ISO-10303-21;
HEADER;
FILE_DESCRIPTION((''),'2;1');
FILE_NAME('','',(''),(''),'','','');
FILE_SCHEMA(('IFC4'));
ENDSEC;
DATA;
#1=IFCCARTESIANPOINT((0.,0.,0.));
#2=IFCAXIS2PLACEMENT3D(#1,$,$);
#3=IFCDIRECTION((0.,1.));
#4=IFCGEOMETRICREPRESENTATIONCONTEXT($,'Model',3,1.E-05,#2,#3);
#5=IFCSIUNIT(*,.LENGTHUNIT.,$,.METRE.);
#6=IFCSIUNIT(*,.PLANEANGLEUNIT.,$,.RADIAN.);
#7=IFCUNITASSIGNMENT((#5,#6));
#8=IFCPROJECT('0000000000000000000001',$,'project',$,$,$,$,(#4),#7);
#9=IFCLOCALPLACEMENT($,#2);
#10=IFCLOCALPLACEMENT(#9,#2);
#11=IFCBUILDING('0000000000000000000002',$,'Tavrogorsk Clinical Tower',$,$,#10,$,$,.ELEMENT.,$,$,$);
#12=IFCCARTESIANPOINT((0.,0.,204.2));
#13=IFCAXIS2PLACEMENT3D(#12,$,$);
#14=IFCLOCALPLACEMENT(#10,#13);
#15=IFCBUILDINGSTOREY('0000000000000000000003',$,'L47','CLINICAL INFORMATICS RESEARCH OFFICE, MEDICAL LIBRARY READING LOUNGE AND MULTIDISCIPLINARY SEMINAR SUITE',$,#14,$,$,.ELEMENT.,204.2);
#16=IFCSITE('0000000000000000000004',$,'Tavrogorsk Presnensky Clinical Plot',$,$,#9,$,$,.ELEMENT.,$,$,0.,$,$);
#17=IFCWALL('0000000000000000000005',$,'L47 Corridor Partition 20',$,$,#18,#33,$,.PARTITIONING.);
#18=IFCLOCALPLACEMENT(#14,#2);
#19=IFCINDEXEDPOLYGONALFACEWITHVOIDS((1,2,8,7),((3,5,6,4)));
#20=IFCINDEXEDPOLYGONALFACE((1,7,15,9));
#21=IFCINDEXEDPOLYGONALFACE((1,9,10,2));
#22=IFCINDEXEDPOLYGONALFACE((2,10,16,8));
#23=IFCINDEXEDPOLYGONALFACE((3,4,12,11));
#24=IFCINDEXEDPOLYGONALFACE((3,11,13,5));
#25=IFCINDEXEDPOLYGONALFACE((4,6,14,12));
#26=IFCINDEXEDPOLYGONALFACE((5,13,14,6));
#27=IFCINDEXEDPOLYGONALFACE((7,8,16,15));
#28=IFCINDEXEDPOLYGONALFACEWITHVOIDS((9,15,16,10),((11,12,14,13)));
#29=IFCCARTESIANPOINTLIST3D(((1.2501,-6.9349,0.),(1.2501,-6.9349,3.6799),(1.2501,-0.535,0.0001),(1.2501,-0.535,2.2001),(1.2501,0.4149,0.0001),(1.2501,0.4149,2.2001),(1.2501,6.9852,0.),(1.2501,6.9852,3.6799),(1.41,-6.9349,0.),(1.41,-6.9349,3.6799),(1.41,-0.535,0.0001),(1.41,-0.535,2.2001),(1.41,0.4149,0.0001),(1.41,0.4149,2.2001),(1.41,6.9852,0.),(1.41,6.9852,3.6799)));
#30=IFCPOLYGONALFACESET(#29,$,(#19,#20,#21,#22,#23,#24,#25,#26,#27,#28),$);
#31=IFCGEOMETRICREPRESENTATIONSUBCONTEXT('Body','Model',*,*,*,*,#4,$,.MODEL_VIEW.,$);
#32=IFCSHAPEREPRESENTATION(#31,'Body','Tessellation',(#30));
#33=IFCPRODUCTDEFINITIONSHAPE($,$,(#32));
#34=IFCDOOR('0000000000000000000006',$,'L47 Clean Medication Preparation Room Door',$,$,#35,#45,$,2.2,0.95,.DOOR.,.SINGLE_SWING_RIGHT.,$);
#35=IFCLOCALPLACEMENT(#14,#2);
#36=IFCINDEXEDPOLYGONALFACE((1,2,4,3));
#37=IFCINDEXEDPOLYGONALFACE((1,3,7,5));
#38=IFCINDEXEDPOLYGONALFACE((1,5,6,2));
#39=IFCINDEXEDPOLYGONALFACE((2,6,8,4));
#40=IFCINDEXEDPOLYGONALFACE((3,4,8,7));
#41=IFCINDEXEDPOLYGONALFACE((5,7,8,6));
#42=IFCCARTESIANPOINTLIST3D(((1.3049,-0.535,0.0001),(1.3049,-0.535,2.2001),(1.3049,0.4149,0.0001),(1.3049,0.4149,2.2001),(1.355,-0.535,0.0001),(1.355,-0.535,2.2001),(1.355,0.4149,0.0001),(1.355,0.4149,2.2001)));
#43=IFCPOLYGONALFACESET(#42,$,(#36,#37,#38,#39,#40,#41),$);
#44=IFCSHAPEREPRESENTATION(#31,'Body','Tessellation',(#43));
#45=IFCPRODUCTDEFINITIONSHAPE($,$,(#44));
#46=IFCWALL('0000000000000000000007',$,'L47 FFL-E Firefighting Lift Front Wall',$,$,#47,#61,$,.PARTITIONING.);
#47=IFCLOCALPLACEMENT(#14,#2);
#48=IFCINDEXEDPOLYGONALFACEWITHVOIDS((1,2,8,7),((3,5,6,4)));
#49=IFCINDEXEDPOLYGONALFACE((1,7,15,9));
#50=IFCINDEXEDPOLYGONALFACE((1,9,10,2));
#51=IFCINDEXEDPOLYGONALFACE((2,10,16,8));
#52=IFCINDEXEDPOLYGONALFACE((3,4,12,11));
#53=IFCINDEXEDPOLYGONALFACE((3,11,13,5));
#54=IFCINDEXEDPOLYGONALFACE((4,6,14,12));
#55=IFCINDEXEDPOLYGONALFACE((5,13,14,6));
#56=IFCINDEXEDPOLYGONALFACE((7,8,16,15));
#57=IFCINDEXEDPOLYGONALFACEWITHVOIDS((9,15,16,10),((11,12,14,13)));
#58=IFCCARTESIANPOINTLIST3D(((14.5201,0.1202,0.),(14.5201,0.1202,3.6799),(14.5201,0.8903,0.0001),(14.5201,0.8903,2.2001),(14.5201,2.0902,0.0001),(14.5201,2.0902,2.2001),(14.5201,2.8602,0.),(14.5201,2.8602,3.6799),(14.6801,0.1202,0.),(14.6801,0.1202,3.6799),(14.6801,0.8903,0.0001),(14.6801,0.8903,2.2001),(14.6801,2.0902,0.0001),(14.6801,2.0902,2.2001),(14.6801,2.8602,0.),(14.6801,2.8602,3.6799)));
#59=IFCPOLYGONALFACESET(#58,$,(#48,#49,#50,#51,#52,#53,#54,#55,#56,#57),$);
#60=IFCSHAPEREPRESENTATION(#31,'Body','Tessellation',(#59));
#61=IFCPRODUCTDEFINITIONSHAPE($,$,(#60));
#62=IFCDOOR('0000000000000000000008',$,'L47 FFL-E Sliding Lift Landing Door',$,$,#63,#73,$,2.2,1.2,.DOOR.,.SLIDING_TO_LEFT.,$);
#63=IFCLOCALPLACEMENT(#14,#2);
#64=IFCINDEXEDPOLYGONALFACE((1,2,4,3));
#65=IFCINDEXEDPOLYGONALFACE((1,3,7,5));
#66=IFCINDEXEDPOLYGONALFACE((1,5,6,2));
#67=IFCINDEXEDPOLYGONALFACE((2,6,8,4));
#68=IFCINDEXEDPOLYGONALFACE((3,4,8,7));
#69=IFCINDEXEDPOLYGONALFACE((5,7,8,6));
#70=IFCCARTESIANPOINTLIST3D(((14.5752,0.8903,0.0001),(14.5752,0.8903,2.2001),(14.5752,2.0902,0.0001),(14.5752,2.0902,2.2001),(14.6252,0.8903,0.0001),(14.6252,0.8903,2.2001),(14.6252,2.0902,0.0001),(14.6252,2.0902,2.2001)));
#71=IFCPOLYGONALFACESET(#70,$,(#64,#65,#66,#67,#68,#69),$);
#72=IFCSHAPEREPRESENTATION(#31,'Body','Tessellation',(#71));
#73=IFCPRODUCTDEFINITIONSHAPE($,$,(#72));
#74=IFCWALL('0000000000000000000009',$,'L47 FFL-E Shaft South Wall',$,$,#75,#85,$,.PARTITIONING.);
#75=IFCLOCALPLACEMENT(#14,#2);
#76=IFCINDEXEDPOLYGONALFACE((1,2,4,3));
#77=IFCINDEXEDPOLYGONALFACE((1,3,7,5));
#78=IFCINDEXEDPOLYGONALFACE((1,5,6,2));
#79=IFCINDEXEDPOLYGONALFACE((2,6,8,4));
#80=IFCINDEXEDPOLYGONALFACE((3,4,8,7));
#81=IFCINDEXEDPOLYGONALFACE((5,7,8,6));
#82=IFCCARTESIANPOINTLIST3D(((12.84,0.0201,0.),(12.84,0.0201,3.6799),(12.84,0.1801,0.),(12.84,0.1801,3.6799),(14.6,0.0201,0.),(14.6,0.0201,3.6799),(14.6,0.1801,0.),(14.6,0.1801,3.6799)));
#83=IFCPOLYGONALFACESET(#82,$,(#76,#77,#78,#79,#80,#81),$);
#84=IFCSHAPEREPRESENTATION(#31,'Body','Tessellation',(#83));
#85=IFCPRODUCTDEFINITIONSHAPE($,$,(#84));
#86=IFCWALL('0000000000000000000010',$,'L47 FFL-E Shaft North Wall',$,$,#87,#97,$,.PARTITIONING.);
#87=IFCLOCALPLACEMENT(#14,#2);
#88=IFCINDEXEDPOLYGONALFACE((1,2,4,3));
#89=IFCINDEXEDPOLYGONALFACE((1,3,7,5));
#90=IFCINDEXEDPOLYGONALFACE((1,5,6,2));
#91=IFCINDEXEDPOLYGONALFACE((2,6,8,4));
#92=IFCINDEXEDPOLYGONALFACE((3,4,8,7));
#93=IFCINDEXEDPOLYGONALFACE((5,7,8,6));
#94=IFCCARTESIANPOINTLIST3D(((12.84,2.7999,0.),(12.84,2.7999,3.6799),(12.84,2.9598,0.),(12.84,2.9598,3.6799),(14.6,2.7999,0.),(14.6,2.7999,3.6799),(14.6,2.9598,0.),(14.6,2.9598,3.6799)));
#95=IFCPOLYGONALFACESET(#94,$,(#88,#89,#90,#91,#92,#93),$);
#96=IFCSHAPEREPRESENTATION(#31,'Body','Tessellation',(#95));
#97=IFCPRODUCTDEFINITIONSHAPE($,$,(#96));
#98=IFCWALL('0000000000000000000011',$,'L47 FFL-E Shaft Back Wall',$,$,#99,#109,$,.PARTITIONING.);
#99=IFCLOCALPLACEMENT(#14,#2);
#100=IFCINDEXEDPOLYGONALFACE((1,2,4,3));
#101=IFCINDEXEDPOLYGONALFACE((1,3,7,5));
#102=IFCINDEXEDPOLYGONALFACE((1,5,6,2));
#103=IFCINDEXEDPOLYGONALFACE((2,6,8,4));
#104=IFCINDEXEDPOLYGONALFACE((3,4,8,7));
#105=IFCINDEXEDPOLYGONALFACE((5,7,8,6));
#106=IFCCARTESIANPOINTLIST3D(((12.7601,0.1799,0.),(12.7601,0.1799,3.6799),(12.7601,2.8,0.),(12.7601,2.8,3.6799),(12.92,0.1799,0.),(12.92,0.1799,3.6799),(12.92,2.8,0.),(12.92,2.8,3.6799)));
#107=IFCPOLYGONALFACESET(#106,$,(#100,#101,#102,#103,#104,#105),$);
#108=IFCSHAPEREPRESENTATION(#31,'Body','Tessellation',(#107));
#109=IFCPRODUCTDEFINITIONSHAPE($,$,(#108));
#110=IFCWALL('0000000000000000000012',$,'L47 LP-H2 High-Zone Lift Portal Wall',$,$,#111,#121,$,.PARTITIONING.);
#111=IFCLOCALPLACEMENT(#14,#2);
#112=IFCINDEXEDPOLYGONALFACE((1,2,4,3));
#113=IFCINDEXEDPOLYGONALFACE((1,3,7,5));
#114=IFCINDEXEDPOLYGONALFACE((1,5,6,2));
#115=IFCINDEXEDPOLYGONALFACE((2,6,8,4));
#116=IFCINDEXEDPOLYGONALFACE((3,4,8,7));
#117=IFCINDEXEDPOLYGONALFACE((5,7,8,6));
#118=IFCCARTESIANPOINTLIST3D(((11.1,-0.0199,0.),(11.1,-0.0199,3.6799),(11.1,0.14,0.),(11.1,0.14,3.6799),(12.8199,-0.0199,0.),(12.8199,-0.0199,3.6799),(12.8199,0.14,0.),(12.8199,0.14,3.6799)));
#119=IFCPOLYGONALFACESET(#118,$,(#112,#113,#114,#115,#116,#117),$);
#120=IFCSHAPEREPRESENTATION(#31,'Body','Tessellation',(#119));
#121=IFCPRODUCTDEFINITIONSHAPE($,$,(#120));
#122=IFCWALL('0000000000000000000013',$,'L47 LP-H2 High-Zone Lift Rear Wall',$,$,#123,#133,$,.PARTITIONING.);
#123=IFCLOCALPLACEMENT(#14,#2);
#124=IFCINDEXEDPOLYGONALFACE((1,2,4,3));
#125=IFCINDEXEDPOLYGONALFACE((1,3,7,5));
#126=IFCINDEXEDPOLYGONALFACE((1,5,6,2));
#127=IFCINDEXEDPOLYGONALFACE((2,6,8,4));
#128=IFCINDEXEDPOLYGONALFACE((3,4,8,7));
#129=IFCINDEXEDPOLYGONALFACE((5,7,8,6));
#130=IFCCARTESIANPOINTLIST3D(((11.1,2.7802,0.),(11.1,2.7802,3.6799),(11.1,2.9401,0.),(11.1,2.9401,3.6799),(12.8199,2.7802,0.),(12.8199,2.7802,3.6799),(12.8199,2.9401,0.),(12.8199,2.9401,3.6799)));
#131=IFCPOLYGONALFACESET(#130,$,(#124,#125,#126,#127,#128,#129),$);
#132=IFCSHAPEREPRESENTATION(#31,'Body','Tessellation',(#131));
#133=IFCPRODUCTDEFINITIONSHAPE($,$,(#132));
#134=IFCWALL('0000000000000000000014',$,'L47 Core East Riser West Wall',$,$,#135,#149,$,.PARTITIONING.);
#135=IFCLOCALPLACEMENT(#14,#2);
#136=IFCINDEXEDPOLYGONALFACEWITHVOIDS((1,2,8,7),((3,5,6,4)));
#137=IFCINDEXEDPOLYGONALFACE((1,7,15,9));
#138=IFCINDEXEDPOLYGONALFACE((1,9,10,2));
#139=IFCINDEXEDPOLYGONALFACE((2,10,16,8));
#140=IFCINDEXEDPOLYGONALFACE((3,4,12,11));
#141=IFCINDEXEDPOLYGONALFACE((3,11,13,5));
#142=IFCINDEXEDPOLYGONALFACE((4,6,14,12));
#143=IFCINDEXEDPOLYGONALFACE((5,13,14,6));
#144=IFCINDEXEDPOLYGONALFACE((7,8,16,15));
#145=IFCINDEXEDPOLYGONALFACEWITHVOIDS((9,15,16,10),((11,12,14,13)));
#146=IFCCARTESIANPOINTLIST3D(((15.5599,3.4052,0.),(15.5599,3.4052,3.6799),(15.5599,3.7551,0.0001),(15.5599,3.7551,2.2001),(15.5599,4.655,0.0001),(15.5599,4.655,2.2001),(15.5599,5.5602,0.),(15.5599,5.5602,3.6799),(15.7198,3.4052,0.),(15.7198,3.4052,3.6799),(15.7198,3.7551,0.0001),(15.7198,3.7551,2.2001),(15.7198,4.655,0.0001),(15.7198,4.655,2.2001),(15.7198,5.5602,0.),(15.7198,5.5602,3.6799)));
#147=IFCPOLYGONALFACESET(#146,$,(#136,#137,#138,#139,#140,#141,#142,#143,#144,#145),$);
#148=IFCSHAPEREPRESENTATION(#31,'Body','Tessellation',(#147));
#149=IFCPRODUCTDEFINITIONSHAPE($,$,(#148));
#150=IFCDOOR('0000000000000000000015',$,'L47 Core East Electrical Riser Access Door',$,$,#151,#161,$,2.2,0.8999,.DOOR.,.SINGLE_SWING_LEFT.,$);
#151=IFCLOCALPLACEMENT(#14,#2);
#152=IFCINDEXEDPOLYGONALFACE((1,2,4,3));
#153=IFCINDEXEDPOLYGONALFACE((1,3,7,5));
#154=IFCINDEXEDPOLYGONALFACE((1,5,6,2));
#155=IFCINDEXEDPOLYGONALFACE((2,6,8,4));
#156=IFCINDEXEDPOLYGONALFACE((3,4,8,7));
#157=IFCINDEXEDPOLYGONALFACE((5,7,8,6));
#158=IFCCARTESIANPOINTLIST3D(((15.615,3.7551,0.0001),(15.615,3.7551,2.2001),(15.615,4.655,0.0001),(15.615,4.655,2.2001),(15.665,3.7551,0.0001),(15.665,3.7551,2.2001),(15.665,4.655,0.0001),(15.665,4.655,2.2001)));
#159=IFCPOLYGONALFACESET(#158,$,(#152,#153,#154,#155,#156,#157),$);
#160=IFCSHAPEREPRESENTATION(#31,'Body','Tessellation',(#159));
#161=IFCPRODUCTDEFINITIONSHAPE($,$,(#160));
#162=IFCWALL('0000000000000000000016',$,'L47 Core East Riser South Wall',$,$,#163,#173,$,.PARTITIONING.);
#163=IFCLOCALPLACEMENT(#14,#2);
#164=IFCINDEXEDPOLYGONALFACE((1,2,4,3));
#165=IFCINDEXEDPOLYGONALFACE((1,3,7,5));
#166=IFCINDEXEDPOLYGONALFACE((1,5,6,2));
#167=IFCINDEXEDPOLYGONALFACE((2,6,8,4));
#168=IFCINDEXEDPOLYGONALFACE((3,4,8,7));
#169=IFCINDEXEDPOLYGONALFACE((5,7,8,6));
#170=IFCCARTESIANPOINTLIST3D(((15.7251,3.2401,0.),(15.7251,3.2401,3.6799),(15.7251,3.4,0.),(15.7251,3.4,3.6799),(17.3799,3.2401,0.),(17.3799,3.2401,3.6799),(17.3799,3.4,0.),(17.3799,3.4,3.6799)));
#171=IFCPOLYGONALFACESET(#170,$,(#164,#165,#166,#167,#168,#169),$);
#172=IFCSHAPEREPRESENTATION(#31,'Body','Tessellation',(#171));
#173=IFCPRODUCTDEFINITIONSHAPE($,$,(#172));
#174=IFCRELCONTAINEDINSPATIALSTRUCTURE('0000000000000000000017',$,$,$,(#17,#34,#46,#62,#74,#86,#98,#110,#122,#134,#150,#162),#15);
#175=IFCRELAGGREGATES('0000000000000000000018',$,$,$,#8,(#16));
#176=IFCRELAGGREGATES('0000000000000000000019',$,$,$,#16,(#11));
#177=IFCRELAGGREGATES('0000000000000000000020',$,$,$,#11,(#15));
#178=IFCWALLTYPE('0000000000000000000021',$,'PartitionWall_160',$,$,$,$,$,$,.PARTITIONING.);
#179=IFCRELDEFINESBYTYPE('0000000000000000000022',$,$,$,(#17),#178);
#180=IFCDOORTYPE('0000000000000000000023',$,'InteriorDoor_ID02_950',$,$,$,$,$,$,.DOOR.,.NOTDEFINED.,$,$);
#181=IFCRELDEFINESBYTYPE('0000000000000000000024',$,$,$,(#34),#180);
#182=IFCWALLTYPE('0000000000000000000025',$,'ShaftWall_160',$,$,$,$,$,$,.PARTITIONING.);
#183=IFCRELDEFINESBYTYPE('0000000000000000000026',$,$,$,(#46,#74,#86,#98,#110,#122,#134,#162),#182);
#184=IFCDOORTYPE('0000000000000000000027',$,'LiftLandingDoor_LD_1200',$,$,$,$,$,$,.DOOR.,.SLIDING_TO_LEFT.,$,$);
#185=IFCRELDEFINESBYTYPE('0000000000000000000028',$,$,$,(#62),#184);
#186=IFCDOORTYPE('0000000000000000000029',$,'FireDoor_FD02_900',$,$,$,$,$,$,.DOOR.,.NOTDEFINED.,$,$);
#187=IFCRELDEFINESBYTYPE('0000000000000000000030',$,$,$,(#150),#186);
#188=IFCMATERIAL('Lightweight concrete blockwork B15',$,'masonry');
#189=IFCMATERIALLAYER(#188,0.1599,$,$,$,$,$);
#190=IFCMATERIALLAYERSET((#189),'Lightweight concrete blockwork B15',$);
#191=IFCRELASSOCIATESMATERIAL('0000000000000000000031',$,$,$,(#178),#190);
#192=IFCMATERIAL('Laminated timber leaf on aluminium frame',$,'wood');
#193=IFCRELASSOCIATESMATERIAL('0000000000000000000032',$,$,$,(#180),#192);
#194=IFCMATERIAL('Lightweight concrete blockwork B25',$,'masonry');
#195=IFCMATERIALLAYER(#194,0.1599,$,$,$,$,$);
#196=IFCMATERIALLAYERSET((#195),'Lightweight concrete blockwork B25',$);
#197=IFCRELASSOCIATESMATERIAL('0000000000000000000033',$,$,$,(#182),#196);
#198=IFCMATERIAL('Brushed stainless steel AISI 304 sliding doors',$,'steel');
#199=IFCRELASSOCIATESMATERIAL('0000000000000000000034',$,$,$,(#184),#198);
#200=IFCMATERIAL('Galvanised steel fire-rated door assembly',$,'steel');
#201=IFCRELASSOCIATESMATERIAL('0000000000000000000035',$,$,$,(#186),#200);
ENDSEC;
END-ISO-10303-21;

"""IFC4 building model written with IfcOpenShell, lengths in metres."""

from ifc_helpers import new_model, si_unit, direction, frame, frame_2d, origin, place, context, subcontext, project, spatial, rectangle, extrude, material, layer, layer_set, type_object, element, fill, save


model = new_model("IFC4")

# Units and contexts
model_context = context("Model", 3, precision=1e-05, world=origin(), true_north=direction((0.0, 1.0)))
body_context = subcontext(model_context, "Body", "Model", "MODEL_VIEW")
ifc_project = project(units=[si_unit("LENGTHUNIT", "METRE"), si_unit("PLANEANGLEUNIT", "RADIAN")], contexts=[model_context])

# Site, building, storey
site_placement = place(None, origin())
site = spatial("IfcSite", under=ifc_project, at=site_placement, Name="Tavrogorsk Presnensky Clinical Plot", CompositionType="ELEMENT", RefElevation=0.0)
building_placement = place(site_placement, origin())
building = spatial("IfcBuilding", under=site, at=building_placement, Name="Tavrogorsk Clinical Tower", CompositionType="ELEMENT")
storey_placement = place(building_placement, frame((0.0, 0.0, 204.2)))
storey = spatial("IfcBuildingStorey", under=building, at=storey_placement, Name="L47", Description="CLINICAL INFORMATICS RESEARCH OFFICE, MEDICAL LIBRARY READING LOUNGE AND MULTIDISCIPLINARY SEMINAR SUITE", CompositionType="ELEMENT", Elevation=204.2)

# Shared definitions
ifc_material_1 = material(Name="Lightweight concrete blockwork B15", Category="masonry")
ifc_layer_1 = layer(ifc_material_1, 0.1599)
ifc_layer_set_1 = layer_set([ifc_layer_1], Name="Lightweight concrete blockwork B15")
wall_type_1 = type_object("IfcWallType", Name="PartitionWall_160", PredefinedType="PARTITIONING", material=ifc_layer_set_1)
ifc_material_2 = material(Name="Laminated timber leaf on aluminium frame", Category="wood")
door_type_1 = type_object("IfcDoorType", Name="InteriorDoor_ID02_950", OperationType="NOTDEFINED", PredefinedType="DOOR", material=ifc_material_2)

# Walls, openings, doors
wall_1_placement = place(storey_placement, frame((1.3301, 6.9851, 0.0), z_axis=(0.0, 0.0, 1.0), x_axis=(0.0, -1.0, 0.0)))
wall_1 = element("IfcWall", 1, at=wall_1_placement, inside=storey, type_object=wall_type_1, Name="L47 Corridor Partition 20", PredefinedType="PARTITIONING", context=body_context, shape_type="SweptSolid", body=[
    extrude(rectangle(XDim=13.9202, YDim=0.1599, at=frame_2d((6.96, 0.0))), origin(), (0.0, 0.0, 1.0), 3.6799),
])
opening_1_placement = place(wall_1_placement, frame((6.5701, 0.0, 0.0)))
opening_1 = element("IfcOpeningElement", 2, at=opening_1_placement, cuts=wall_1, PredefinedType="OPENING", context=body_context, shape_type="SweptSolid", body=[
    extrude(rectangle(XDim=0.95, YDim=2.2, at=frame_2d((0.4751, 1.1001))), frame((0.0, 0.0898, 0.0), z_axis=(0.0, -1.0, 0.0), x_axis=(1.0, 0.0, 0.0)), (0.0, 0.0, 1.0), 0.1799),
])
door_1_placement = place(opening_1_placement, origin())
door_1 = element("IfcDoor", 3, at=door_1_placement, inside=storey, type_object=door_type_1, Name="L47 Clean Medication Preparation Room Door", OperationType="SINGLE_SWING_RIGHT", OverallHeight=2.2, OverallWidth=0.95, PredefinedType="DOOR", context=body_context, shape_type="SweptSolid", body=[
    extrude(rectangle(XDim=0.95, YDim=2.2, at=frame_2d((0.4751, 1.1001))), frame((0.0, 0.0249, 0.0), z_axis=(0.0, -1.0, 0.0), x_axis=(1.0, 0.0, 0.0)), (0.0, 0.0, 1.0), 0.05),
])
fill(opening_1, door_1)
ifc_material_3 = material(Name="Lightweight concrete blockwork B25", Category="masonry")
ifc_layer_2 = layer(ifc_material_3, 0.1599)
ifc_layer_set_2 = layer_set([ifc_layer_2], Name="Lightweight concrete blockwork B25")
wall_type_2 = type_object("IfcWallType", Name="ShaftWall_160", PredefinedType="PARTITIONING", material=ifc_layer_set_2)
wall_2_placement = place(storey_placement, frame((14.6001, 0.1201, 0.0), z_axis=(0.0, 0.0, 1.0), x_axis=(0.0, 1.0, 0.0)))
wall_2 = element("IfcWall", 4, at=wall_2_placement, inside=storey, type_object=wall_type_2, Name="L47 FFL-E Firefighting Lift Front Wall", PredefinedType="PARTITIONING", context=body_context, shape_type="SweptSolid", body=[
    extrude(rectangle(XDim=2.74, YDim=0.1599, at=frame_2d((1.3701, 0.0))), origin(), (0.0, 0.0, 1.0), 3.6799),
])
opening_2_placement = place(wall_2_placement, frame((0.77, 0.0, 0.0)))
opening_2 = element("IfcOpeningElement", 5, at=opening_2_placement, cuts=wall_2, PredefinedType="OPENING", context=body_context, shape_type="SweptSolid", body=[
    extrude(rectangle(XDim=1.2, YDim=2.2, at=frame_2d((0.6001, 1.1001))), frame((0.0, 0.0898, 0.0), z_axis=(0.0, -1.0, 0.0), x_axis=(1.0, 0.0, 0.0)), (0.0, 0.0, 1.0), 0.1799),
])
ifc_material_4 = material(Name="Brushed stainless steel AISI 304 sliding doors", Category="steel")
door_type_2 = type_object("IfcDoorType", Name="LiftLandingDoor_LD_1200", OperationType="SLIDING_TO_LEFT", PredefinedType="DOOR", material=ifc_material_4)
door_2_placement = place(opening_2_placement, origin())
door_2 = element("IfcDoor", 6, at=door_2_placement, inside=storey, type_object=door_type_2, Name="L47 FFL-E Sliding Lift Landing Door", OperationType="SLIDING_TO_LEFT", OverallHeight=2.2, OverallWidth=1.2, PredefinedType="DOOR", context=body_context, shape_type="SweptSolid", body=[
    extrude(rectangle(XDim=1.2, YDim=2.2, at=frame_2d((0.6001, 1.1001))), frame((0.0, 0.0249, 0.0), z_axis=(0.0, -1.0, 0.0), x_axis=(1.0, 0.0, 0.0)), (0.0, 0.0, 1.0), 0.05),
])
fill(opening_2, door_2)

# Walls
for number, where, z_axis, x_axis, name in (
    (7, (12.8401, 0.1001, 0.0), (0.0, 0.0, 1.0), (1.0, 0.0, 0.0), "L47 FFL-E Shaft South Wall"),
    (8, (12.8401, 2.8799, 0.0), (0.0, 0.0, 1.0), (1.0, 0.0, 0.0), "L47 FFL-E Shaft North Wall"),
):
    element("IfcWall", number, at=place(storey_placement, frame(where, z_axis=z_axis, x_axis=x_axis)), inside=storey, type_object=wall_type_2, Name=name, PredefinedType="PARTITIONING", context=body_context, shape_type="SweptSolid", body=[
        extrude(rectangle(XDim=1.76, YDim=0.1599, at=frame_2d((0.8799, 0.0))), origin(), (0.0, 0.0, 1.0), 3.6799),
    ])
wall_3_placement = place(storey_placement, frame((12.8401, 0.1799, 0.0), z_axis=(0.0, 0.0, 1.0), x_axis=(0.0, 1.0, 0.0)))
element("IfcWall", 9, at=wall_3_placement, inside=storey, type_object=wall_type_2, Name="L47 FFL-E Shaft Back Wall", PredefinedType="PARTITIONING", context=body_context, shape_type="SweptSolid", body=[
    extrude(rectangle(XDim=2.6201, YDim=0.1599, at=frame_2d((1.3101, 0.0))), origin(), (0.0, 0.0, 1.0), 3.6799),
])
for number, where, z_axis, x_axis, name in (
    (10, (11.1001, 0.0601, 0.0), (0.0, 0.0, 1.0), (1.0, 0.0, 0.0), "L47 LP-H2 High-Zone Lift Portal Wall"),
    (11, (11.1001, 2.8601, 0.0), (0.0, 0.0, 1.0), (1.0, 0.0, 0.0), "L47 LP-H2 High-Zone Lift Rear Wall"),
):
    element("IfcWall", number, at=place(storey_placement, frame(where, z_axis=z_axis, x_axis=x_axis)), inside=storey, type_object=wall_type_2, Name=name, PredefinedType="PARTITIONING", context=body_context, shape_type="SweptSolid", body=[
        extrude(rectangle(XDim=1.72, YDim=0.1599, at=frame_2d((0.8599, 0.0))), origin(), (0.0, 0.0, 1.0), 3.6799),
    ])

# Wall, opening, door
wall_4_placement = place(storey_placement, frame((15.6399, 3.405, 0.0), z_axis=(0.0, 0.0, 1.0), x_axis=(0.0, 1.0, 0.0)))
wall_4 = element("IfcWall", 12, at=wall_4_placement, inside=storey, type_object=wall_type_2, Name="L47 Core East Riser West Wall", PredefinedType="PARTITIONING", context=body_context, shape_type="SweptSolid", body=[
    extrude(rectangle(XDim=2.155, YDim=0.1599, at=frame_2d((1.0776, 0.0))), origin(), (0.0, 0.0, 1.0), 3.6799),
])
opening_3_placement = place(wall_4_placement, frame((0.3501, 0.0, 0.0)))
opening_3 = element("IfcOpeningElement", 13, at=opening_3_placement, cuts=wall_4, PredefinedType="OPENING", context=body_context, shape_type="SweptSolid", body=[
    extrude(rectangle(XDim=0.8999, YDim=2.2, at=frame_2d((0.45, 1.1001))), frame((0.0, 0.0898, 0.0), z_axis=(0.0, -1.0, 0.0), x_axis=(1.0, 0.0, 0.0)), (0.0, 0.0, 1.0), 0.1799),
])
ifc_material_5 = material(Name="Galvanised steel fire-rated door assembly", Category="steel")
door_type_3 = type_object("IfcDoorType", Name="FireDoor_FD02_900", OperationType="NOTDEFINED", PredefinedType="DOOR", material=ifc_material_5)
door_3_placement = place(opening_3_placement, origin())
door_3 = element("IfcDoor", 14, at=door_3_placement, inside=storey, type_object=door_type_3, Name="L47 Core East Electrical Riser Access Door", OperationType="SINGLE_SWING_LEFT", OverallHeight=2.2, OverallWidth=0.8999, PredefinedType="DOOR", context=body_context, shape_type="SweptSolid", body=[
    extrude(rectangle(XDim=0.8999, YDim=2.2, at=frame_2d((0.45, 1.1001))), frame((0.0, 0.0249, 0.0), z_axis=(0.0, -1.0, 0.0), x_axis=(1.0, 0.0, 0.0)), (0.0, 0.0, 1.0), 0.05),
])
fill(opening_3, door_3)

# Wall
wall_5_placement = place(storey_placement, frame((15.7251, 3.3201, 0.0), z_axis=(0.0, 0.0, 1.0), x_axis=(1.0, 0.0, 0.0)))
element("IfcWall", 15, at=wall_5_placement, inside=storey, type_object=wall_type_2, Name="L47 Core East Riser South Wall", PredefinedType="PARTITIONING", context=body_context, shape_type="SweptSolid", body=[
    extrude(rectangle(XDim=1.6548, YDim=0.1599, at=frame_2d((0.8274, 0.0))), origin(), (0.0, 0.0, 1.0), 3.6799),
])

save(model, "model.ifc")
